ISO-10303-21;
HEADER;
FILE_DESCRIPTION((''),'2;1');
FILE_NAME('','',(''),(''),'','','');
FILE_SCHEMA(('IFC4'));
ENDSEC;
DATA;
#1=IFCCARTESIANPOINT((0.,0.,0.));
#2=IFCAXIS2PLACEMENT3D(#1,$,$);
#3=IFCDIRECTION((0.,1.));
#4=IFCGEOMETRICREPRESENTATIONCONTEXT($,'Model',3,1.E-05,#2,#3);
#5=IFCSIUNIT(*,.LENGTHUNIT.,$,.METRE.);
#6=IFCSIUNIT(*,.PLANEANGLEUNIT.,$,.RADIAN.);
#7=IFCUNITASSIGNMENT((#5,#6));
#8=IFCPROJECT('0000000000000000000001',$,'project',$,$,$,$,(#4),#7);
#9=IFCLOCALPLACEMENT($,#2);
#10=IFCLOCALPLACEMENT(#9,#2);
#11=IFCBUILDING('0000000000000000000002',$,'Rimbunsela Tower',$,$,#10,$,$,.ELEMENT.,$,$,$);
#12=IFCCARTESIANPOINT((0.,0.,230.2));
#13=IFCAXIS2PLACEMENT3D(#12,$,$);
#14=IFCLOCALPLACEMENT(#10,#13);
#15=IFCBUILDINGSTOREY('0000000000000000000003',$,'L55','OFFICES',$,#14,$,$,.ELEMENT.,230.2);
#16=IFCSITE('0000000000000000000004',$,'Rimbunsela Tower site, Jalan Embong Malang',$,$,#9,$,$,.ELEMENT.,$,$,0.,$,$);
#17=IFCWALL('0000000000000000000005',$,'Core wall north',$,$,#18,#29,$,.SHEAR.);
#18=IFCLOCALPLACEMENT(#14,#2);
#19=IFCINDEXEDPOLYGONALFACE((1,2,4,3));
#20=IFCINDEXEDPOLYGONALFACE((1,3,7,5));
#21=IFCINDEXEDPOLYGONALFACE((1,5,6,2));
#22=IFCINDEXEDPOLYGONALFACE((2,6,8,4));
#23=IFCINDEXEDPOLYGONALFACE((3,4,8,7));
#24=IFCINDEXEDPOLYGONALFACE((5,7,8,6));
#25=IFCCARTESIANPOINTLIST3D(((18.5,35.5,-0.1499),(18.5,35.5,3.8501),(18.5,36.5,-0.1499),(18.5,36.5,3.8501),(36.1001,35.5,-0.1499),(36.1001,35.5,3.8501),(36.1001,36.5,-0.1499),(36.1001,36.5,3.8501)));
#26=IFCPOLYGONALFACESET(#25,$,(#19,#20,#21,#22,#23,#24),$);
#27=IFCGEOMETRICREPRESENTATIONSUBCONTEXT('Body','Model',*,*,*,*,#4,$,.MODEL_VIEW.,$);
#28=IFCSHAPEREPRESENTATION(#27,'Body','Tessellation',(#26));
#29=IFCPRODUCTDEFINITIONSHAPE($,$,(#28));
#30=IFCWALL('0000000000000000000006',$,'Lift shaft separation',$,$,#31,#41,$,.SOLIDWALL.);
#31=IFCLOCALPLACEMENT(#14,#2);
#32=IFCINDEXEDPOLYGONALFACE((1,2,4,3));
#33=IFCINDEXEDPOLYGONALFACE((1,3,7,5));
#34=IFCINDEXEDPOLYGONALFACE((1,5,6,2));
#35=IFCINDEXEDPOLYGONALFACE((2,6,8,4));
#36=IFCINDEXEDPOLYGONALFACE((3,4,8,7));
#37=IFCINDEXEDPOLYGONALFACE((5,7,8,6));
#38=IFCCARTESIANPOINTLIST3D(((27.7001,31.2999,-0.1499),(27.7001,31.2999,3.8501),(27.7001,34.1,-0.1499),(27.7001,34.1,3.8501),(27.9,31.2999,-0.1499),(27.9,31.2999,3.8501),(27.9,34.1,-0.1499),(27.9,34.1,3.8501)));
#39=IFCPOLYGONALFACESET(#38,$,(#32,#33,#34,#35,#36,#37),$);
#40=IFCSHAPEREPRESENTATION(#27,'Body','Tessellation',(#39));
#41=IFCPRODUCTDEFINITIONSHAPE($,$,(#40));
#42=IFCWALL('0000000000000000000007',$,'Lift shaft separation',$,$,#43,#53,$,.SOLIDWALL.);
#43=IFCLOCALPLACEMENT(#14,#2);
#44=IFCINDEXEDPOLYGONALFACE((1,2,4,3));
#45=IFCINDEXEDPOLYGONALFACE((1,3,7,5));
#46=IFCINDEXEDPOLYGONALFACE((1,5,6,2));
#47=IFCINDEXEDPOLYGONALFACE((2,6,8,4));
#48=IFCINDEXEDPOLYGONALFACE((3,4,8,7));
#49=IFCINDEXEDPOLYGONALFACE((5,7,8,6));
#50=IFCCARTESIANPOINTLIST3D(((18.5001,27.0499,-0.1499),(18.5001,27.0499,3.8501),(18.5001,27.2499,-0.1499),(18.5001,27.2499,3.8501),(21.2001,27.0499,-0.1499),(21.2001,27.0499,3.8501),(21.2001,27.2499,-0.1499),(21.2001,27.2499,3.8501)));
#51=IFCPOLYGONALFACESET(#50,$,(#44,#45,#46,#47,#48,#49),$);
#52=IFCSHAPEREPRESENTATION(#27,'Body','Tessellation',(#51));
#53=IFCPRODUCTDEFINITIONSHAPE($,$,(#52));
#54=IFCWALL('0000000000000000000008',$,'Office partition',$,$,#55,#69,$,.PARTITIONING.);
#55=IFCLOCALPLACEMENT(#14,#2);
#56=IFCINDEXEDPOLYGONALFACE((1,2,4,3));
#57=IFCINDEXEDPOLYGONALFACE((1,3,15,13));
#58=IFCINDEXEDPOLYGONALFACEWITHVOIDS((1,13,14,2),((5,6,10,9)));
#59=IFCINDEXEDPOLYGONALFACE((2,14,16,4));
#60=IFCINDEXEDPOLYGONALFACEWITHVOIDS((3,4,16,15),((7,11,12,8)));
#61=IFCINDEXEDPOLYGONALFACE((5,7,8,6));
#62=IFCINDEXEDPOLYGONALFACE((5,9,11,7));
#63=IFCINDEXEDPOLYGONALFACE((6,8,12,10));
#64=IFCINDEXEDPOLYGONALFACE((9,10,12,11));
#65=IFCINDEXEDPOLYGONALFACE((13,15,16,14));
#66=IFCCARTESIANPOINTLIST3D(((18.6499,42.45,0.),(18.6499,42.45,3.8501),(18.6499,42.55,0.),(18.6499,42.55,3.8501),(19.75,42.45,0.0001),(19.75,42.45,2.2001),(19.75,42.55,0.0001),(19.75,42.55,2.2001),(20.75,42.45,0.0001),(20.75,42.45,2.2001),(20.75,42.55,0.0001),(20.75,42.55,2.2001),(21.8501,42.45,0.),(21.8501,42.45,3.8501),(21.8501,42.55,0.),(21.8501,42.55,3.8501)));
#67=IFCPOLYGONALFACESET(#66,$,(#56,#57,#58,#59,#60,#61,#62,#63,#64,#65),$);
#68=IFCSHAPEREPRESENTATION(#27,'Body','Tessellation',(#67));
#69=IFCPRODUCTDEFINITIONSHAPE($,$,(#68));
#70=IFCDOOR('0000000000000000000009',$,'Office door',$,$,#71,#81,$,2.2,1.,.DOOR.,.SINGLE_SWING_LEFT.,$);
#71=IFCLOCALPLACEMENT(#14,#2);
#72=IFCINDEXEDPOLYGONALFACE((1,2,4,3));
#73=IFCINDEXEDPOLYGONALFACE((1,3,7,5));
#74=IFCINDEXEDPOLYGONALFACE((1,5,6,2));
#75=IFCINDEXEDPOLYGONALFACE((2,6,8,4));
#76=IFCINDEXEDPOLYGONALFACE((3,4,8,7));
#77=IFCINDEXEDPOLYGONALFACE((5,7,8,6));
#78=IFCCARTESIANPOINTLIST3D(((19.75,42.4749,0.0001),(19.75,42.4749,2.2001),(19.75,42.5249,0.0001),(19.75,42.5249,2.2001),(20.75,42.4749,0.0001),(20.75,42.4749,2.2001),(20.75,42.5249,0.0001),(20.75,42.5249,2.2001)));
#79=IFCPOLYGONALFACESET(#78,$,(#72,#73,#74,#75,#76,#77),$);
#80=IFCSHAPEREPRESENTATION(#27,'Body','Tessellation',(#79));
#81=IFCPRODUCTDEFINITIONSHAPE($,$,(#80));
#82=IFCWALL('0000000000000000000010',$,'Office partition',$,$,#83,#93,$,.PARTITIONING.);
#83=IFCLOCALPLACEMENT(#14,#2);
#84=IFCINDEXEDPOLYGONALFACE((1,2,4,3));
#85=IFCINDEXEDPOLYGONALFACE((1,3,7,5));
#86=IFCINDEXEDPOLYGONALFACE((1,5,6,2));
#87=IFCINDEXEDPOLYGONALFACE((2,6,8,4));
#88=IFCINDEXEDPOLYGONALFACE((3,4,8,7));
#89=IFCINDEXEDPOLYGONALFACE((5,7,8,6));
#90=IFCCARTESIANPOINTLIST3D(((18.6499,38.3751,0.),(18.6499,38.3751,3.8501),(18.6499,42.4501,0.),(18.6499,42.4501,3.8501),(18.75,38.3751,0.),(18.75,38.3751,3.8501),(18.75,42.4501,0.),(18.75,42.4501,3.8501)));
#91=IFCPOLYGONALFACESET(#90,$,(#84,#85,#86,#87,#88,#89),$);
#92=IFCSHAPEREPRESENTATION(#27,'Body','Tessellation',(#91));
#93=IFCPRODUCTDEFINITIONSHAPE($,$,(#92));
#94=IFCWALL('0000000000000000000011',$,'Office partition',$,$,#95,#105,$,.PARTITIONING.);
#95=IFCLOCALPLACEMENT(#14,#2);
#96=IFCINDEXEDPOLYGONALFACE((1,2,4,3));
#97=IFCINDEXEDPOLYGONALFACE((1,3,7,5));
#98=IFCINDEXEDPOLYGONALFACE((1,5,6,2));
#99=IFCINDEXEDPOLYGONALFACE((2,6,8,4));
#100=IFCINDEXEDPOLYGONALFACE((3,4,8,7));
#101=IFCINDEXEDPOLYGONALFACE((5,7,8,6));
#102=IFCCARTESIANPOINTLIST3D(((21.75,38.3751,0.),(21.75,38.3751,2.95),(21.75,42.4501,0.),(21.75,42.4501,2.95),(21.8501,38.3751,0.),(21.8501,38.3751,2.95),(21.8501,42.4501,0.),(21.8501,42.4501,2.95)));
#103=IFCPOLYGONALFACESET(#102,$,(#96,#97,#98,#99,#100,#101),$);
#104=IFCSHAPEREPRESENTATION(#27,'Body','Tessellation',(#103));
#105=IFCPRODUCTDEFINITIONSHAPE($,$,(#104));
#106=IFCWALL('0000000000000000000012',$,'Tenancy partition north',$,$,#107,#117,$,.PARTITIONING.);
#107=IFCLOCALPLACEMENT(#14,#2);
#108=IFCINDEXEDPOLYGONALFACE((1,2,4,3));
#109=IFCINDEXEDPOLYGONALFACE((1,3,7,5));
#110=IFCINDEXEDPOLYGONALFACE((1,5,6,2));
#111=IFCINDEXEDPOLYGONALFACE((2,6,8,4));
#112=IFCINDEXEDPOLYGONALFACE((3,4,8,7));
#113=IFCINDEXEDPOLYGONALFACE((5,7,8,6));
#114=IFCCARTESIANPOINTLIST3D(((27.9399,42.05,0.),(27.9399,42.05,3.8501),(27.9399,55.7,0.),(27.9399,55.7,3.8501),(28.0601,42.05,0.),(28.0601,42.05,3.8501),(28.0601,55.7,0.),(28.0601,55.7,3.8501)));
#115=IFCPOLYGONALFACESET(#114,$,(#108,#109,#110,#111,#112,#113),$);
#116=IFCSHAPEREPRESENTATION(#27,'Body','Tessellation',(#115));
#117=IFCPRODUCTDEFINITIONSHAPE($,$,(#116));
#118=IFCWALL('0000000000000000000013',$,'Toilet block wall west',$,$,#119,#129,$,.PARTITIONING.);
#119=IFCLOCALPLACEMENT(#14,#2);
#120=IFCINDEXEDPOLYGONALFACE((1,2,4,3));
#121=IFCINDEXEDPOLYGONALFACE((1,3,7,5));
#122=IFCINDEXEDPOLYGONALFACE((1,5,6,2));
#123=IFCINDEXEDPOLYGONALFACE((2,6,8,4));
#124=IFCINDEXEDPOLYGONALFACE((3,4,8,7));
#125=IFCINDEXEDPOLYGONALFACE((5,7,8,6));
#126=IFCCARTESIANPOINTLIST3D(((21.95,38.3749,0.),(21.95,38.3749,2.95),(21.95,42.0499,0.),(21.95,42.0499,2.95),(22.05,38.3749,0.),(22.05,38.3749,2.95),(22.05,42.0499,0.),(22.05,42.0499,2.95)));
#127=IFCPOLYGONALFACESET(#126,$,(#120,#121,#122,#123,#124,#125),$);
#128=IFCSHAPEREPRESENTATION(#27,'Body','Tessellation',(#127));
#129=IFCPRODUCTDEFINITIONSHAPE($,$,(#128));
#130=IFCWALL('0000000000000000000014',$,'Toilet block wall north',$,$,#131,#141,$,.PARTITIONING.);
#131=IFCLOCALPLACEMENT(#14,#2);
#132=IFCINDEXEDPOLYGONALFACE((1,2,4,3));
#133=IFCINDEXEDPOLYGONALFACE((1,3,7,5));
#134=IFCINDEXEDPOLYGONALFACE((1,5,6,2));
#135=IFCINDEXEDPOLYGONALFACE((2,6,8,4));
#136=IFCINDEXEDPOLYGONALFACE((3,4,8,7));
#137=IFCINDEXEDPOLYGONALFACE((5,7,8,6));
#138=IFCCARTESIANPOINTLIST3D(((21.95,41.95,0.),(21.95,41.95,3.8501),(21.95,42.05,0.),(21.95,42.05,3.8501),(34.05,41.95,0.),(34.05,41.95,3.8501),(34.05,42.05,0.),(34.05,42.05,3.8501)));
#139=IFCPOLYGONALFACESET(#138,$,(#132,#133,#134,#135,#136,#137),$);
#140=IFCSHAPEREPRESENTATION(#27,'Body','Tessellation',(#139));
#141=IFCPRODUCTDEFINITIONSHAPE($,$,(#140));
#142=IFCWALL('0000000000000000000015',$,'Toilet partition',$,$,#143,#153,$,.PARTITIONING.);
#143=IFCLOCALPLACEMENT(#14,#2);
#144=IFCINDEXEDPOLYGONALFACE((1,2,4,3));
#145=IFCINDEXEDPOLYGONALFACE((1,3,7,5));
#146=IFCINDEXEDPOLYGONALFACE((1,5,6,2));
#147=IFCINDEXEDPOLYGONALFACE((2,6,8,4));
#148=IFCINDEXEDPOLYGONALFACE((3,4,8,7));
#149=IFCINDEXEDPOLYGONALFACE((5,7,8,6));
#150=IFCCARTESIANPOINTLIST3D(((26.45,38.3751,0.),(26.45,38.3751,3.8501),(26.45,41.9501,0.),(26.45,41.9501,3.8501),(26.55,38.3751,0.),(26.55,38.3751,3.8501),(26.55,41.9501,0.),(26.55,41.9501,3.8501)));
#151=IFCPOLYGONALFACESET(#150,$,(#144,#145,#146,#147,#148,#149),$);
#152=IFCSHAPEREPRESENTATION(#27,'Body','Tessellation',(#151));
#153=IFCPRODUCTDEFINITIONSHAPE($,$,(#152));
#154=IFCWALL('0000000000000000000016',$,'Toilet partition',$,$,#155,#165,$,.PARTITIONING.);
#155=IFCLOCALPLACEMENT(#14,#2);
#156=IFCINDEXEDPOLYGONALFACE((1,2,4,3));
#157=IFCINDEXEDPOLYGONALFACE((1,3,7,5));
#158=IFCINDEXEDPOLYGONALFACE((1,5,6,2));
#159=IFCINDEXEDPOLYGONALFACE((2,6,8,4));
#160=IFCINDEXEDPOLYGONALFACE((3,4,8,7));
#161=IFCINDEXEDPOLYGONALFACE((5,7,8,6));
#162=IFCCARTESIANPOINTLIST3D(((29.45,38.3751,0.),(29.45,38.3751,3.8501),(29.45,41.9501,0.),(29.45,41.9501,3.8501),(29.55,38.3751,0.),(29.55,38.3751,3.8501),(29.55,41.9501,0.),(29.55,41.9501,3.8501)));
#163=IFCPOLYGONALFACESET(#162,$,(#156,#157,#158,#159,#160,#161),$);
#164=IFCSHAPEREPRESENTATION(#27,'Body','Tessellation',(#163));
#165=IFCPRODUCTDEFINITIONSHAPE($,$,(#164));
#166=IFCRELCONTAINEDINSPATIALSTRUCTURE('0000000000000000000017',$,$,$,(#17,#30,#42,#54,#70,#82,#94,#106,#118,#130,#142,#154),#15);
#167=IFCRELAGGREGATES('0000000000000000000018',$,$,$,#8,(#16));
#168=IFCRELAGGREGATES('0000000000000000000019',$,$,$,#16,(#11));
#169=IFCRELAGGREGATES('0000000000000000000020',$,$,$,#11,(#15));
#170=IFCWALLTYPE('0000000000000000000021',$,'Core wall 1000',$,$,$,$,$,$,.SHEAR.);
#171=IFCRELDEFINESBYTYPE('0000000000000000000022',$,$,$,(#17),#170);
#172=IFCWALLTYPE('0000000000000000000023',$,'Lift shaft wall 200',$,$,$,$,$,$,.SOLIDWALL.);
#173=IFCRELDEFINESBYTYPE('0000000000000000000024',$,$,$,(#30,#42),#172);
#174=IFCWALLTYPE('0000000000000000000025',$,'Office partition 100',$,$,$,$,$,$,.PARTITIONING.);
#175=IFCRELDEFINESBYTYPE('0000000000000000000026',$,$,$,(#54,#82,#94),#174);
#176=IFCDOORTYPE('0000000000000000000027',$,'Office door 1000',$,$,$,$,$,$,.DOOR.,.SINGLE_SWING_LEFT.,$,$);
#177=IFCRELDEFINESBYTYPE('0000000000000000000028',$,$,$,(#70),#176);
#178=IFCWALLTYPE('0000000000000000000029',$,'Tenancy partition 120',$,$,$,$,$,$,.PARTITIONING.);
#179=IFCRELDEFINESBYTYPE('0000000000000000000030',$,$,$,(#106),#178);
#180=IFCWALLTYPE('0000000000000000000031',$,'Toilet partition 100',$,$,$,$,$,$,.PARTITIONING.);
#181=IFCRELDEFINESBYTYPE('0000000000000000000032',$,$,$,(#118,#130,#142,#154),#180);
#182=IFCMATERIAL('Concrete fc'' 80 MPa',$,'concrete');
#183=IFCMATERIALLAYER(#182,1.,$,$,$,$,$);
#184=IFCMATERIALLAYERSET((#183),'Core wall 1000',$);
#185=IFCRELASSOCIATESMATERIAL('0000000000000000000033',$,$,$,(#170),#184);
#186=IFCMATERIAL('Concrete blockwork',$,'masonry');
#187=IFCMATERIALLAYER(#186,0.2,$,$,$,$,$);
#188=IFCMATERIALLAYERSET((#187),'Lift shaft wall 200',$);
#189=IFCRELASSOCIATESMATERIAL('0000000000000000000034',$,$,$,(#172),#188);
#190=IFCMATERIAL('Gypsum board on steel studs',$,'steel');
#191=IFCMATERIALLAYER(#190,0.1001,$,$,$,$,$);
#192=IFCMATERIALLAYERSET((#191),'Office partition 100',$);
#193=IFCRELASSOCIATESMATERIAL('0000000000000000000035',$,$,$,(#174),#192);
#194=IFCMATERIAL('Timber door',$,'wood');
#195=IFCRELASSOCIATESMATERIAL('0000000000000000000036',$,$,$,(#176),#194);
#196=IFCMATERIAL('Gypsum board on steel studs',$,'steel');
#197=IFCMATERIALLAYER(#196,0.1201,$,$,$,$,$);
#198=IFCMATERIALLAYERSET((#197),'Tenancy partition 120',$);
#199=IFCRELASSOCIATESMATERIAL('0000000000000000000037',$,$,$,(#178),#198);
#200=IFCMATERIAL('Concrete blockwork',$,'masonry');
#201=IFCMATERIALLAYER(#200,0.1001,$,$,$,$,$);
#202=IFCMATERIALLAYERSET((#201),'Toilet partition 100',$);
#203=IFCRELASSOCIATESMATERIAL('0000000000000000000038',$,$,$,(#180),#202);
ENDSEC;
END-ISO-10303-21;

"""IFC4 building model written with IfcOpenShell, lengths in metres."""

from ifc_helpers import new_model, si_unit, direction, frame, frame_2d, origin, place, context, subcontext, project, spatial, rectangle, extrude, material, layer, layer_set, type_object, element, fill, save


model = new_model("IFC4")

# Units and contexts
model_context = context("Model", 3, precision=1e-05, world=origin(), true_north=direction((0.0, 1.0)))
body_context = subcontext(model_context, "Body", "Model", "MODEL_VIEW")
ifc_project = project(units=[si_unit("LENGTHUNIT", "METRE"), si_unit("PLANEANGLEUNIT", "RADIAN")], contexts=[model_context])

# Site, building, storey
site_placement = place(None, origin())
site = spatial("IfcSite", under=ifc_project, at=site_placement, Name="Rimbunsela Tower site, Jalan Embong Malang", CompositionType="ELEMENT", RefElevation=0.0)
building_placement = place(site_placement, origin())
building = spatial("IfcBuilding", under=site, at=building_placement, Name="Rimbunsela Tower", CompositionType="ELEMENT")
storey_placement = place(building_placement, frame((0.0, 0.0, 230.2)))
storey = spatial("IfcBuildingStorey", under=building, at=storey_placement, Name="L55", Description="OFFICES", CompositionType="ELEMENT", Elevation=230.2)

# Walls
ifc_material_1 = material(Name="Concrete fc' 80 MPa", Category="concrete")
ifc_layer_1 = layer(ifc_material_1, 1.0)
ifc_layer_set_1 = layer_set([ifc_layer_1], Name="Core wall 1000")
wall_type_1 = type_object("IfcWallType", Name="Core wall 1000", PredefinedType="SHEAR", material=ifc_layer_set_1)
wall_1_placement = place(storey_placement, frame((18.5, 36.0, -0.1499), z_axis=(0.0, 0.0, 1.0), x_axis=(1.0, 0.0, 0.0)))
element("IfcWall", 1, at=wall_1_placement, inside=storey, type_object=wall_type_1, Name="Core wall north", PredefinedType="SHEAR", context=body_context, shape_type="SweptSolid", body=[
    extrude(rectangle(XDim=17.6001, YDim=1.0, at=frame_2d((8.8, 0.0))), origin(), (0.0, 0.0, 1.0), 4.0),
])
ifc_material_2 = material(Name="Concrete blockwork", Category="masonry")
ifc_layer_2 = layer(ifc_material_2, 0.2)
ifc_layer_set_2 = layer_set([ifc_layer_2], Name="Lift shaft wall 200")
wall_type_2 = type_object("IfcWallType", Name="Lift shaft wall 200", PredefinedType="SOLIDWALL", material=ifc_layer_set_2)
wall_2_placement = place(storey_placement, frame((27.8, 31.3, -0.1499), z_axis=(0.0, 0.0, 1.0), x_axis=(0.0, 1.0, 0.0)))
element("IfcWall", 2, at=wall_2_placement, inside=storey, type_object=wall_type_2, Name="Lift shaft separation", PredefinedType="SOLIDWALL", context=body_context, shape_type="SweptSolid", body=[
    extrude(rectangle(XDim=2.8, YDim=0.2, at=frame_2d((1.3999, 0.0))), origin(), (0.0, 0.0, 1.0), 4.0),
])
wall_3_placement = place(storey_placement, frame((18.5, 27.1499, -0.1499), z_axis=(0.0, 0.0, 1.0), x_axis=(1.0, 0.0, 0.0)))
element("IfcWall", 3, at=wall_3_placement, inside=storey, type_object=wall_type_2, Name="Lift shaft separation", PredefinedType="SOLIDWALL", context=body_context, shape_type="SweptSolid", body=[
    extrude(rectangle(XDim=2.7, YDim=0.2, at=frame_2d((1.3501, 0.0))), origin(), (0.0, 0.0, 1.0), 4.0),
])

# Wall, opening, door
ifc_material_3 = material(Name="Gypsum board on steel studs", Category="steel")
ifc_layer_3 = layer(ifc_material_3, 0.1001)
ifc_layer_set_3 = layer_set([ifc_layer_3], Name="Office partition 100")
wall_type_3 = type_object("IfcWallType", Name="Office partition 100", PredefinedType="PARTITIONING", material=ifc_layer_set_3)
wall_4_placement = place(storey_placement, frame((18.6499, 42.5, 0.0), z_axis=(0.0, 0.0, 1.0), x_axis=(1.0, 0.0, 0.0)))
wall_4 = element("IfcWall", 4, at=wall_4_placement, inside=storey, type_object=wall_type_3, Name="Office partition", PredefinedType="PARTITIONING", context=body_context, shape_type="SweptSolid", body=[
    extrude(rectangle(XDim=3.2002, YDim=0.1001, at=frame_2d((1.6001, 0.0))), origin(), (0.0, 0.0, 1.0), 3.8501),
])
opening_1_placement = place(wall_4_placement, frame((1.1001, 0.0, 0.0)))
opening_1 = element("IfcOpeningElement", 5, at=opening_1_placement, cuts=wall_4, PredefinedType="OPENING", context=body_context, shape_type="SweptSolid", body=[
    extrude(rectangle(XDim=1.0, YDim=2.2, at=frame_2d((0.5, 1.1001))), frame((0.0, 0.0601, 0.0), z_axis=(0.0, -1.0, 0.0), x_axis=(1.0, 0.0, 0.0)), (0.0, 0.0, 1.0), 0.1201),
])
ifc_material_4 = material(Name="Timber door", Category="wood")
door_type_1 = type_object("IfcDoorType", Name="Office door 1000", OperationType="SINGLE_SWING_LEFT", PredefinedType="DOOR", material=ifc_material_4)
door_1_placement = place(opening_1_placement, origin())
door_1 = element("IfcDoor", 6, at=door_1_placement, inside=storey, type_object=door_type_1, Name="Office door", OperationType="SINGLE_SWING_LEFT", OverallHeight=2.2, OverallWidth=1.0, PredefinedType="DOOR", context=body_context, shape_type="SweptSolid", body=[
    extrude(rectangle(XDim=1.0, YDim=2.2, at=frame_2d((0.5, 1.1001))), frame((0.0, 0.0249, 0.0), z_axis=(0.0, -1.0, 0.0), x_axis=(1.0, 0.0, 0.0)), (0.0, 0.0, 1.0), 0.05),
])
fill(opening_1, door_1)

# Walls
wall_5_placement = place(storey_placement, frame((18.7, 38.375, 0.0), z_axis=(0.0, 0.0, 1.0), x_axis=(0.0, 1.0, 0.0)))
element("IfcWall", 7, at=wall_5_placement, inside=storey, type_object=wall_type_3, Name="Office partition", PredefinedType="PARTITIONING", context=body_context, shape_type="SweptSolid", body=[
    extrude(rectangle(XDim=4.075, YDim=0.1001, at=frame_2d((2.0376, 0.0))), origin(), (0.0, 0.0, 1.0), 3.8501),
])
wall_6_placement = place(storey_placement, frame((21.8, 38.375, 0.0), z_axis=(0.0, 0.0, 1.0), x_axis=(0.0, 1.0, 0.0)))
element("IfcWall", 8, at=wall_6_placement, inside=storey, type_object=wall_type_3, Name="Office partition", PredefinedType="PARTITIONING", context=body_context, shape_type="SweptSolid", body=[
    extrude(rectangle(XDim=4.075, YDim=0.1001, at=frame_2d((2.0376, 0.0))), origin(), (0.0, 0.0, 1.0), 2.95),
])
ifc_material_5 = material(Name="Gypsum board on steel studs", Category="steel")
ifc_layer_4 = layer(ifc_material_5, 0.1201)
ifc_layer_set_4 = layer_set([ifc_layer_4], Name="Tenancy partition 120")
wall_type_4 = type_object("IfcWallType", Name="Tenancy partition 120", PredefinedType="PARTITIONING", material=ifc_layer_set_4)
wall_7_placement = place(storey_placement, frame((28.0, 42.05, 0.0), z_axis=(0.0, 0.0, 1.0), x_axis=(0.0, 1.0, 0.0)))
element("IfcWall", 9, at=wall_7_placement, inside=storey, type_object=wall_type_4, Name="Tenancy partition north", PredefinedType="PARTITIONING", context=body_context, shape_type="SweptSolid", body=[
    extrude(rectangle(XDim=13.6499, YDim=0.1201, at=frame_2d((6.825, 0.0))), origin(), (0.0, 0.0, 1.0), 3.8501),
])
ifc_material_6 = material(Name="Concrete blockwork", Category="masonry")
ifc_layer_5 = layer(ifc_material_6, 0.1001)
ifc_layer_set_5 = layer_set([ifc_layer_5], Name="Toilet partition 100")
wall_type_5 = type_object("IfcWallType", Name="Toilet partition 100", PredefinedType="PARTITIONING", material=ifc_layer_set_5)
wall_8_placement = place(storey_placement, frame((22.0, 38.375, 0.0), z_axis=(0.0, 0.0, 1.0), x_axis=(0.0, 1.0, 0.0)))
element("IfcWall", 10, at=wall_8_placement, inside=storey, type_object=wall_type_5, Name="Toilet block wall west", PredefinedType="PARTITIONING", context=body_context, shape_type="SweptSolid", body=[
    extrude(rectangle(XDim=3.675, YDim=0.1001, at=frame_2d((1.8374, 0.0))), origin(), (0.0, 0.0, 1.0), 2.95),
])
wall_9_placement = place(storey_placement, frame((21.95, 42.0, 0.0), z_axis=(0.0, 0.0, 1.0), x_axis=(1.0, 0.0, 0.0)))
element("IfcWall", 11, at=wall_9_placement, inside=storey, type_object=wall_type_5, Name="Toilet block wall north", PredefinedType="PARTITIONING", context=body_context, shape_type="SweptSolid", body=[
    extrude(rectangle(XDim=12.1001, YDim=0.1001, at=frame_2d((6.05, 0.0))), origin(), (0.0, 0.0, 1.0), 3.8501),
])
for number, where, z_axis, x_axis, name in (
    (12, (26.5, 38.375, 0.0), (0.0, 0.0, 1.0), (0.0, 1.0, 0.0), "Toilet partition"),
    (13, (29.5, 38.375, 0.0), (0.0, 0.0, 1.0), (0.0, 1.0, 0.0), "Toilet partition"),
):
    element("IfcWall", number, at=place(storey_placement, frame(where, z_axis=z_axis, x_axis=x_axis)), inside=storey, type_object=wall_type_5, Name=name, PredefinedType="PARTITIONING", context=body_context, shape_type="SweptSolid", body=[
        extrude(rectangle(XDim=3.575, YDim=0.1001, at=frame_2d((1.7876, 0.0))), origin(), (0.0, 0.0, 1.0), 3.8501),
    ])

save(model, "model.ifc")
